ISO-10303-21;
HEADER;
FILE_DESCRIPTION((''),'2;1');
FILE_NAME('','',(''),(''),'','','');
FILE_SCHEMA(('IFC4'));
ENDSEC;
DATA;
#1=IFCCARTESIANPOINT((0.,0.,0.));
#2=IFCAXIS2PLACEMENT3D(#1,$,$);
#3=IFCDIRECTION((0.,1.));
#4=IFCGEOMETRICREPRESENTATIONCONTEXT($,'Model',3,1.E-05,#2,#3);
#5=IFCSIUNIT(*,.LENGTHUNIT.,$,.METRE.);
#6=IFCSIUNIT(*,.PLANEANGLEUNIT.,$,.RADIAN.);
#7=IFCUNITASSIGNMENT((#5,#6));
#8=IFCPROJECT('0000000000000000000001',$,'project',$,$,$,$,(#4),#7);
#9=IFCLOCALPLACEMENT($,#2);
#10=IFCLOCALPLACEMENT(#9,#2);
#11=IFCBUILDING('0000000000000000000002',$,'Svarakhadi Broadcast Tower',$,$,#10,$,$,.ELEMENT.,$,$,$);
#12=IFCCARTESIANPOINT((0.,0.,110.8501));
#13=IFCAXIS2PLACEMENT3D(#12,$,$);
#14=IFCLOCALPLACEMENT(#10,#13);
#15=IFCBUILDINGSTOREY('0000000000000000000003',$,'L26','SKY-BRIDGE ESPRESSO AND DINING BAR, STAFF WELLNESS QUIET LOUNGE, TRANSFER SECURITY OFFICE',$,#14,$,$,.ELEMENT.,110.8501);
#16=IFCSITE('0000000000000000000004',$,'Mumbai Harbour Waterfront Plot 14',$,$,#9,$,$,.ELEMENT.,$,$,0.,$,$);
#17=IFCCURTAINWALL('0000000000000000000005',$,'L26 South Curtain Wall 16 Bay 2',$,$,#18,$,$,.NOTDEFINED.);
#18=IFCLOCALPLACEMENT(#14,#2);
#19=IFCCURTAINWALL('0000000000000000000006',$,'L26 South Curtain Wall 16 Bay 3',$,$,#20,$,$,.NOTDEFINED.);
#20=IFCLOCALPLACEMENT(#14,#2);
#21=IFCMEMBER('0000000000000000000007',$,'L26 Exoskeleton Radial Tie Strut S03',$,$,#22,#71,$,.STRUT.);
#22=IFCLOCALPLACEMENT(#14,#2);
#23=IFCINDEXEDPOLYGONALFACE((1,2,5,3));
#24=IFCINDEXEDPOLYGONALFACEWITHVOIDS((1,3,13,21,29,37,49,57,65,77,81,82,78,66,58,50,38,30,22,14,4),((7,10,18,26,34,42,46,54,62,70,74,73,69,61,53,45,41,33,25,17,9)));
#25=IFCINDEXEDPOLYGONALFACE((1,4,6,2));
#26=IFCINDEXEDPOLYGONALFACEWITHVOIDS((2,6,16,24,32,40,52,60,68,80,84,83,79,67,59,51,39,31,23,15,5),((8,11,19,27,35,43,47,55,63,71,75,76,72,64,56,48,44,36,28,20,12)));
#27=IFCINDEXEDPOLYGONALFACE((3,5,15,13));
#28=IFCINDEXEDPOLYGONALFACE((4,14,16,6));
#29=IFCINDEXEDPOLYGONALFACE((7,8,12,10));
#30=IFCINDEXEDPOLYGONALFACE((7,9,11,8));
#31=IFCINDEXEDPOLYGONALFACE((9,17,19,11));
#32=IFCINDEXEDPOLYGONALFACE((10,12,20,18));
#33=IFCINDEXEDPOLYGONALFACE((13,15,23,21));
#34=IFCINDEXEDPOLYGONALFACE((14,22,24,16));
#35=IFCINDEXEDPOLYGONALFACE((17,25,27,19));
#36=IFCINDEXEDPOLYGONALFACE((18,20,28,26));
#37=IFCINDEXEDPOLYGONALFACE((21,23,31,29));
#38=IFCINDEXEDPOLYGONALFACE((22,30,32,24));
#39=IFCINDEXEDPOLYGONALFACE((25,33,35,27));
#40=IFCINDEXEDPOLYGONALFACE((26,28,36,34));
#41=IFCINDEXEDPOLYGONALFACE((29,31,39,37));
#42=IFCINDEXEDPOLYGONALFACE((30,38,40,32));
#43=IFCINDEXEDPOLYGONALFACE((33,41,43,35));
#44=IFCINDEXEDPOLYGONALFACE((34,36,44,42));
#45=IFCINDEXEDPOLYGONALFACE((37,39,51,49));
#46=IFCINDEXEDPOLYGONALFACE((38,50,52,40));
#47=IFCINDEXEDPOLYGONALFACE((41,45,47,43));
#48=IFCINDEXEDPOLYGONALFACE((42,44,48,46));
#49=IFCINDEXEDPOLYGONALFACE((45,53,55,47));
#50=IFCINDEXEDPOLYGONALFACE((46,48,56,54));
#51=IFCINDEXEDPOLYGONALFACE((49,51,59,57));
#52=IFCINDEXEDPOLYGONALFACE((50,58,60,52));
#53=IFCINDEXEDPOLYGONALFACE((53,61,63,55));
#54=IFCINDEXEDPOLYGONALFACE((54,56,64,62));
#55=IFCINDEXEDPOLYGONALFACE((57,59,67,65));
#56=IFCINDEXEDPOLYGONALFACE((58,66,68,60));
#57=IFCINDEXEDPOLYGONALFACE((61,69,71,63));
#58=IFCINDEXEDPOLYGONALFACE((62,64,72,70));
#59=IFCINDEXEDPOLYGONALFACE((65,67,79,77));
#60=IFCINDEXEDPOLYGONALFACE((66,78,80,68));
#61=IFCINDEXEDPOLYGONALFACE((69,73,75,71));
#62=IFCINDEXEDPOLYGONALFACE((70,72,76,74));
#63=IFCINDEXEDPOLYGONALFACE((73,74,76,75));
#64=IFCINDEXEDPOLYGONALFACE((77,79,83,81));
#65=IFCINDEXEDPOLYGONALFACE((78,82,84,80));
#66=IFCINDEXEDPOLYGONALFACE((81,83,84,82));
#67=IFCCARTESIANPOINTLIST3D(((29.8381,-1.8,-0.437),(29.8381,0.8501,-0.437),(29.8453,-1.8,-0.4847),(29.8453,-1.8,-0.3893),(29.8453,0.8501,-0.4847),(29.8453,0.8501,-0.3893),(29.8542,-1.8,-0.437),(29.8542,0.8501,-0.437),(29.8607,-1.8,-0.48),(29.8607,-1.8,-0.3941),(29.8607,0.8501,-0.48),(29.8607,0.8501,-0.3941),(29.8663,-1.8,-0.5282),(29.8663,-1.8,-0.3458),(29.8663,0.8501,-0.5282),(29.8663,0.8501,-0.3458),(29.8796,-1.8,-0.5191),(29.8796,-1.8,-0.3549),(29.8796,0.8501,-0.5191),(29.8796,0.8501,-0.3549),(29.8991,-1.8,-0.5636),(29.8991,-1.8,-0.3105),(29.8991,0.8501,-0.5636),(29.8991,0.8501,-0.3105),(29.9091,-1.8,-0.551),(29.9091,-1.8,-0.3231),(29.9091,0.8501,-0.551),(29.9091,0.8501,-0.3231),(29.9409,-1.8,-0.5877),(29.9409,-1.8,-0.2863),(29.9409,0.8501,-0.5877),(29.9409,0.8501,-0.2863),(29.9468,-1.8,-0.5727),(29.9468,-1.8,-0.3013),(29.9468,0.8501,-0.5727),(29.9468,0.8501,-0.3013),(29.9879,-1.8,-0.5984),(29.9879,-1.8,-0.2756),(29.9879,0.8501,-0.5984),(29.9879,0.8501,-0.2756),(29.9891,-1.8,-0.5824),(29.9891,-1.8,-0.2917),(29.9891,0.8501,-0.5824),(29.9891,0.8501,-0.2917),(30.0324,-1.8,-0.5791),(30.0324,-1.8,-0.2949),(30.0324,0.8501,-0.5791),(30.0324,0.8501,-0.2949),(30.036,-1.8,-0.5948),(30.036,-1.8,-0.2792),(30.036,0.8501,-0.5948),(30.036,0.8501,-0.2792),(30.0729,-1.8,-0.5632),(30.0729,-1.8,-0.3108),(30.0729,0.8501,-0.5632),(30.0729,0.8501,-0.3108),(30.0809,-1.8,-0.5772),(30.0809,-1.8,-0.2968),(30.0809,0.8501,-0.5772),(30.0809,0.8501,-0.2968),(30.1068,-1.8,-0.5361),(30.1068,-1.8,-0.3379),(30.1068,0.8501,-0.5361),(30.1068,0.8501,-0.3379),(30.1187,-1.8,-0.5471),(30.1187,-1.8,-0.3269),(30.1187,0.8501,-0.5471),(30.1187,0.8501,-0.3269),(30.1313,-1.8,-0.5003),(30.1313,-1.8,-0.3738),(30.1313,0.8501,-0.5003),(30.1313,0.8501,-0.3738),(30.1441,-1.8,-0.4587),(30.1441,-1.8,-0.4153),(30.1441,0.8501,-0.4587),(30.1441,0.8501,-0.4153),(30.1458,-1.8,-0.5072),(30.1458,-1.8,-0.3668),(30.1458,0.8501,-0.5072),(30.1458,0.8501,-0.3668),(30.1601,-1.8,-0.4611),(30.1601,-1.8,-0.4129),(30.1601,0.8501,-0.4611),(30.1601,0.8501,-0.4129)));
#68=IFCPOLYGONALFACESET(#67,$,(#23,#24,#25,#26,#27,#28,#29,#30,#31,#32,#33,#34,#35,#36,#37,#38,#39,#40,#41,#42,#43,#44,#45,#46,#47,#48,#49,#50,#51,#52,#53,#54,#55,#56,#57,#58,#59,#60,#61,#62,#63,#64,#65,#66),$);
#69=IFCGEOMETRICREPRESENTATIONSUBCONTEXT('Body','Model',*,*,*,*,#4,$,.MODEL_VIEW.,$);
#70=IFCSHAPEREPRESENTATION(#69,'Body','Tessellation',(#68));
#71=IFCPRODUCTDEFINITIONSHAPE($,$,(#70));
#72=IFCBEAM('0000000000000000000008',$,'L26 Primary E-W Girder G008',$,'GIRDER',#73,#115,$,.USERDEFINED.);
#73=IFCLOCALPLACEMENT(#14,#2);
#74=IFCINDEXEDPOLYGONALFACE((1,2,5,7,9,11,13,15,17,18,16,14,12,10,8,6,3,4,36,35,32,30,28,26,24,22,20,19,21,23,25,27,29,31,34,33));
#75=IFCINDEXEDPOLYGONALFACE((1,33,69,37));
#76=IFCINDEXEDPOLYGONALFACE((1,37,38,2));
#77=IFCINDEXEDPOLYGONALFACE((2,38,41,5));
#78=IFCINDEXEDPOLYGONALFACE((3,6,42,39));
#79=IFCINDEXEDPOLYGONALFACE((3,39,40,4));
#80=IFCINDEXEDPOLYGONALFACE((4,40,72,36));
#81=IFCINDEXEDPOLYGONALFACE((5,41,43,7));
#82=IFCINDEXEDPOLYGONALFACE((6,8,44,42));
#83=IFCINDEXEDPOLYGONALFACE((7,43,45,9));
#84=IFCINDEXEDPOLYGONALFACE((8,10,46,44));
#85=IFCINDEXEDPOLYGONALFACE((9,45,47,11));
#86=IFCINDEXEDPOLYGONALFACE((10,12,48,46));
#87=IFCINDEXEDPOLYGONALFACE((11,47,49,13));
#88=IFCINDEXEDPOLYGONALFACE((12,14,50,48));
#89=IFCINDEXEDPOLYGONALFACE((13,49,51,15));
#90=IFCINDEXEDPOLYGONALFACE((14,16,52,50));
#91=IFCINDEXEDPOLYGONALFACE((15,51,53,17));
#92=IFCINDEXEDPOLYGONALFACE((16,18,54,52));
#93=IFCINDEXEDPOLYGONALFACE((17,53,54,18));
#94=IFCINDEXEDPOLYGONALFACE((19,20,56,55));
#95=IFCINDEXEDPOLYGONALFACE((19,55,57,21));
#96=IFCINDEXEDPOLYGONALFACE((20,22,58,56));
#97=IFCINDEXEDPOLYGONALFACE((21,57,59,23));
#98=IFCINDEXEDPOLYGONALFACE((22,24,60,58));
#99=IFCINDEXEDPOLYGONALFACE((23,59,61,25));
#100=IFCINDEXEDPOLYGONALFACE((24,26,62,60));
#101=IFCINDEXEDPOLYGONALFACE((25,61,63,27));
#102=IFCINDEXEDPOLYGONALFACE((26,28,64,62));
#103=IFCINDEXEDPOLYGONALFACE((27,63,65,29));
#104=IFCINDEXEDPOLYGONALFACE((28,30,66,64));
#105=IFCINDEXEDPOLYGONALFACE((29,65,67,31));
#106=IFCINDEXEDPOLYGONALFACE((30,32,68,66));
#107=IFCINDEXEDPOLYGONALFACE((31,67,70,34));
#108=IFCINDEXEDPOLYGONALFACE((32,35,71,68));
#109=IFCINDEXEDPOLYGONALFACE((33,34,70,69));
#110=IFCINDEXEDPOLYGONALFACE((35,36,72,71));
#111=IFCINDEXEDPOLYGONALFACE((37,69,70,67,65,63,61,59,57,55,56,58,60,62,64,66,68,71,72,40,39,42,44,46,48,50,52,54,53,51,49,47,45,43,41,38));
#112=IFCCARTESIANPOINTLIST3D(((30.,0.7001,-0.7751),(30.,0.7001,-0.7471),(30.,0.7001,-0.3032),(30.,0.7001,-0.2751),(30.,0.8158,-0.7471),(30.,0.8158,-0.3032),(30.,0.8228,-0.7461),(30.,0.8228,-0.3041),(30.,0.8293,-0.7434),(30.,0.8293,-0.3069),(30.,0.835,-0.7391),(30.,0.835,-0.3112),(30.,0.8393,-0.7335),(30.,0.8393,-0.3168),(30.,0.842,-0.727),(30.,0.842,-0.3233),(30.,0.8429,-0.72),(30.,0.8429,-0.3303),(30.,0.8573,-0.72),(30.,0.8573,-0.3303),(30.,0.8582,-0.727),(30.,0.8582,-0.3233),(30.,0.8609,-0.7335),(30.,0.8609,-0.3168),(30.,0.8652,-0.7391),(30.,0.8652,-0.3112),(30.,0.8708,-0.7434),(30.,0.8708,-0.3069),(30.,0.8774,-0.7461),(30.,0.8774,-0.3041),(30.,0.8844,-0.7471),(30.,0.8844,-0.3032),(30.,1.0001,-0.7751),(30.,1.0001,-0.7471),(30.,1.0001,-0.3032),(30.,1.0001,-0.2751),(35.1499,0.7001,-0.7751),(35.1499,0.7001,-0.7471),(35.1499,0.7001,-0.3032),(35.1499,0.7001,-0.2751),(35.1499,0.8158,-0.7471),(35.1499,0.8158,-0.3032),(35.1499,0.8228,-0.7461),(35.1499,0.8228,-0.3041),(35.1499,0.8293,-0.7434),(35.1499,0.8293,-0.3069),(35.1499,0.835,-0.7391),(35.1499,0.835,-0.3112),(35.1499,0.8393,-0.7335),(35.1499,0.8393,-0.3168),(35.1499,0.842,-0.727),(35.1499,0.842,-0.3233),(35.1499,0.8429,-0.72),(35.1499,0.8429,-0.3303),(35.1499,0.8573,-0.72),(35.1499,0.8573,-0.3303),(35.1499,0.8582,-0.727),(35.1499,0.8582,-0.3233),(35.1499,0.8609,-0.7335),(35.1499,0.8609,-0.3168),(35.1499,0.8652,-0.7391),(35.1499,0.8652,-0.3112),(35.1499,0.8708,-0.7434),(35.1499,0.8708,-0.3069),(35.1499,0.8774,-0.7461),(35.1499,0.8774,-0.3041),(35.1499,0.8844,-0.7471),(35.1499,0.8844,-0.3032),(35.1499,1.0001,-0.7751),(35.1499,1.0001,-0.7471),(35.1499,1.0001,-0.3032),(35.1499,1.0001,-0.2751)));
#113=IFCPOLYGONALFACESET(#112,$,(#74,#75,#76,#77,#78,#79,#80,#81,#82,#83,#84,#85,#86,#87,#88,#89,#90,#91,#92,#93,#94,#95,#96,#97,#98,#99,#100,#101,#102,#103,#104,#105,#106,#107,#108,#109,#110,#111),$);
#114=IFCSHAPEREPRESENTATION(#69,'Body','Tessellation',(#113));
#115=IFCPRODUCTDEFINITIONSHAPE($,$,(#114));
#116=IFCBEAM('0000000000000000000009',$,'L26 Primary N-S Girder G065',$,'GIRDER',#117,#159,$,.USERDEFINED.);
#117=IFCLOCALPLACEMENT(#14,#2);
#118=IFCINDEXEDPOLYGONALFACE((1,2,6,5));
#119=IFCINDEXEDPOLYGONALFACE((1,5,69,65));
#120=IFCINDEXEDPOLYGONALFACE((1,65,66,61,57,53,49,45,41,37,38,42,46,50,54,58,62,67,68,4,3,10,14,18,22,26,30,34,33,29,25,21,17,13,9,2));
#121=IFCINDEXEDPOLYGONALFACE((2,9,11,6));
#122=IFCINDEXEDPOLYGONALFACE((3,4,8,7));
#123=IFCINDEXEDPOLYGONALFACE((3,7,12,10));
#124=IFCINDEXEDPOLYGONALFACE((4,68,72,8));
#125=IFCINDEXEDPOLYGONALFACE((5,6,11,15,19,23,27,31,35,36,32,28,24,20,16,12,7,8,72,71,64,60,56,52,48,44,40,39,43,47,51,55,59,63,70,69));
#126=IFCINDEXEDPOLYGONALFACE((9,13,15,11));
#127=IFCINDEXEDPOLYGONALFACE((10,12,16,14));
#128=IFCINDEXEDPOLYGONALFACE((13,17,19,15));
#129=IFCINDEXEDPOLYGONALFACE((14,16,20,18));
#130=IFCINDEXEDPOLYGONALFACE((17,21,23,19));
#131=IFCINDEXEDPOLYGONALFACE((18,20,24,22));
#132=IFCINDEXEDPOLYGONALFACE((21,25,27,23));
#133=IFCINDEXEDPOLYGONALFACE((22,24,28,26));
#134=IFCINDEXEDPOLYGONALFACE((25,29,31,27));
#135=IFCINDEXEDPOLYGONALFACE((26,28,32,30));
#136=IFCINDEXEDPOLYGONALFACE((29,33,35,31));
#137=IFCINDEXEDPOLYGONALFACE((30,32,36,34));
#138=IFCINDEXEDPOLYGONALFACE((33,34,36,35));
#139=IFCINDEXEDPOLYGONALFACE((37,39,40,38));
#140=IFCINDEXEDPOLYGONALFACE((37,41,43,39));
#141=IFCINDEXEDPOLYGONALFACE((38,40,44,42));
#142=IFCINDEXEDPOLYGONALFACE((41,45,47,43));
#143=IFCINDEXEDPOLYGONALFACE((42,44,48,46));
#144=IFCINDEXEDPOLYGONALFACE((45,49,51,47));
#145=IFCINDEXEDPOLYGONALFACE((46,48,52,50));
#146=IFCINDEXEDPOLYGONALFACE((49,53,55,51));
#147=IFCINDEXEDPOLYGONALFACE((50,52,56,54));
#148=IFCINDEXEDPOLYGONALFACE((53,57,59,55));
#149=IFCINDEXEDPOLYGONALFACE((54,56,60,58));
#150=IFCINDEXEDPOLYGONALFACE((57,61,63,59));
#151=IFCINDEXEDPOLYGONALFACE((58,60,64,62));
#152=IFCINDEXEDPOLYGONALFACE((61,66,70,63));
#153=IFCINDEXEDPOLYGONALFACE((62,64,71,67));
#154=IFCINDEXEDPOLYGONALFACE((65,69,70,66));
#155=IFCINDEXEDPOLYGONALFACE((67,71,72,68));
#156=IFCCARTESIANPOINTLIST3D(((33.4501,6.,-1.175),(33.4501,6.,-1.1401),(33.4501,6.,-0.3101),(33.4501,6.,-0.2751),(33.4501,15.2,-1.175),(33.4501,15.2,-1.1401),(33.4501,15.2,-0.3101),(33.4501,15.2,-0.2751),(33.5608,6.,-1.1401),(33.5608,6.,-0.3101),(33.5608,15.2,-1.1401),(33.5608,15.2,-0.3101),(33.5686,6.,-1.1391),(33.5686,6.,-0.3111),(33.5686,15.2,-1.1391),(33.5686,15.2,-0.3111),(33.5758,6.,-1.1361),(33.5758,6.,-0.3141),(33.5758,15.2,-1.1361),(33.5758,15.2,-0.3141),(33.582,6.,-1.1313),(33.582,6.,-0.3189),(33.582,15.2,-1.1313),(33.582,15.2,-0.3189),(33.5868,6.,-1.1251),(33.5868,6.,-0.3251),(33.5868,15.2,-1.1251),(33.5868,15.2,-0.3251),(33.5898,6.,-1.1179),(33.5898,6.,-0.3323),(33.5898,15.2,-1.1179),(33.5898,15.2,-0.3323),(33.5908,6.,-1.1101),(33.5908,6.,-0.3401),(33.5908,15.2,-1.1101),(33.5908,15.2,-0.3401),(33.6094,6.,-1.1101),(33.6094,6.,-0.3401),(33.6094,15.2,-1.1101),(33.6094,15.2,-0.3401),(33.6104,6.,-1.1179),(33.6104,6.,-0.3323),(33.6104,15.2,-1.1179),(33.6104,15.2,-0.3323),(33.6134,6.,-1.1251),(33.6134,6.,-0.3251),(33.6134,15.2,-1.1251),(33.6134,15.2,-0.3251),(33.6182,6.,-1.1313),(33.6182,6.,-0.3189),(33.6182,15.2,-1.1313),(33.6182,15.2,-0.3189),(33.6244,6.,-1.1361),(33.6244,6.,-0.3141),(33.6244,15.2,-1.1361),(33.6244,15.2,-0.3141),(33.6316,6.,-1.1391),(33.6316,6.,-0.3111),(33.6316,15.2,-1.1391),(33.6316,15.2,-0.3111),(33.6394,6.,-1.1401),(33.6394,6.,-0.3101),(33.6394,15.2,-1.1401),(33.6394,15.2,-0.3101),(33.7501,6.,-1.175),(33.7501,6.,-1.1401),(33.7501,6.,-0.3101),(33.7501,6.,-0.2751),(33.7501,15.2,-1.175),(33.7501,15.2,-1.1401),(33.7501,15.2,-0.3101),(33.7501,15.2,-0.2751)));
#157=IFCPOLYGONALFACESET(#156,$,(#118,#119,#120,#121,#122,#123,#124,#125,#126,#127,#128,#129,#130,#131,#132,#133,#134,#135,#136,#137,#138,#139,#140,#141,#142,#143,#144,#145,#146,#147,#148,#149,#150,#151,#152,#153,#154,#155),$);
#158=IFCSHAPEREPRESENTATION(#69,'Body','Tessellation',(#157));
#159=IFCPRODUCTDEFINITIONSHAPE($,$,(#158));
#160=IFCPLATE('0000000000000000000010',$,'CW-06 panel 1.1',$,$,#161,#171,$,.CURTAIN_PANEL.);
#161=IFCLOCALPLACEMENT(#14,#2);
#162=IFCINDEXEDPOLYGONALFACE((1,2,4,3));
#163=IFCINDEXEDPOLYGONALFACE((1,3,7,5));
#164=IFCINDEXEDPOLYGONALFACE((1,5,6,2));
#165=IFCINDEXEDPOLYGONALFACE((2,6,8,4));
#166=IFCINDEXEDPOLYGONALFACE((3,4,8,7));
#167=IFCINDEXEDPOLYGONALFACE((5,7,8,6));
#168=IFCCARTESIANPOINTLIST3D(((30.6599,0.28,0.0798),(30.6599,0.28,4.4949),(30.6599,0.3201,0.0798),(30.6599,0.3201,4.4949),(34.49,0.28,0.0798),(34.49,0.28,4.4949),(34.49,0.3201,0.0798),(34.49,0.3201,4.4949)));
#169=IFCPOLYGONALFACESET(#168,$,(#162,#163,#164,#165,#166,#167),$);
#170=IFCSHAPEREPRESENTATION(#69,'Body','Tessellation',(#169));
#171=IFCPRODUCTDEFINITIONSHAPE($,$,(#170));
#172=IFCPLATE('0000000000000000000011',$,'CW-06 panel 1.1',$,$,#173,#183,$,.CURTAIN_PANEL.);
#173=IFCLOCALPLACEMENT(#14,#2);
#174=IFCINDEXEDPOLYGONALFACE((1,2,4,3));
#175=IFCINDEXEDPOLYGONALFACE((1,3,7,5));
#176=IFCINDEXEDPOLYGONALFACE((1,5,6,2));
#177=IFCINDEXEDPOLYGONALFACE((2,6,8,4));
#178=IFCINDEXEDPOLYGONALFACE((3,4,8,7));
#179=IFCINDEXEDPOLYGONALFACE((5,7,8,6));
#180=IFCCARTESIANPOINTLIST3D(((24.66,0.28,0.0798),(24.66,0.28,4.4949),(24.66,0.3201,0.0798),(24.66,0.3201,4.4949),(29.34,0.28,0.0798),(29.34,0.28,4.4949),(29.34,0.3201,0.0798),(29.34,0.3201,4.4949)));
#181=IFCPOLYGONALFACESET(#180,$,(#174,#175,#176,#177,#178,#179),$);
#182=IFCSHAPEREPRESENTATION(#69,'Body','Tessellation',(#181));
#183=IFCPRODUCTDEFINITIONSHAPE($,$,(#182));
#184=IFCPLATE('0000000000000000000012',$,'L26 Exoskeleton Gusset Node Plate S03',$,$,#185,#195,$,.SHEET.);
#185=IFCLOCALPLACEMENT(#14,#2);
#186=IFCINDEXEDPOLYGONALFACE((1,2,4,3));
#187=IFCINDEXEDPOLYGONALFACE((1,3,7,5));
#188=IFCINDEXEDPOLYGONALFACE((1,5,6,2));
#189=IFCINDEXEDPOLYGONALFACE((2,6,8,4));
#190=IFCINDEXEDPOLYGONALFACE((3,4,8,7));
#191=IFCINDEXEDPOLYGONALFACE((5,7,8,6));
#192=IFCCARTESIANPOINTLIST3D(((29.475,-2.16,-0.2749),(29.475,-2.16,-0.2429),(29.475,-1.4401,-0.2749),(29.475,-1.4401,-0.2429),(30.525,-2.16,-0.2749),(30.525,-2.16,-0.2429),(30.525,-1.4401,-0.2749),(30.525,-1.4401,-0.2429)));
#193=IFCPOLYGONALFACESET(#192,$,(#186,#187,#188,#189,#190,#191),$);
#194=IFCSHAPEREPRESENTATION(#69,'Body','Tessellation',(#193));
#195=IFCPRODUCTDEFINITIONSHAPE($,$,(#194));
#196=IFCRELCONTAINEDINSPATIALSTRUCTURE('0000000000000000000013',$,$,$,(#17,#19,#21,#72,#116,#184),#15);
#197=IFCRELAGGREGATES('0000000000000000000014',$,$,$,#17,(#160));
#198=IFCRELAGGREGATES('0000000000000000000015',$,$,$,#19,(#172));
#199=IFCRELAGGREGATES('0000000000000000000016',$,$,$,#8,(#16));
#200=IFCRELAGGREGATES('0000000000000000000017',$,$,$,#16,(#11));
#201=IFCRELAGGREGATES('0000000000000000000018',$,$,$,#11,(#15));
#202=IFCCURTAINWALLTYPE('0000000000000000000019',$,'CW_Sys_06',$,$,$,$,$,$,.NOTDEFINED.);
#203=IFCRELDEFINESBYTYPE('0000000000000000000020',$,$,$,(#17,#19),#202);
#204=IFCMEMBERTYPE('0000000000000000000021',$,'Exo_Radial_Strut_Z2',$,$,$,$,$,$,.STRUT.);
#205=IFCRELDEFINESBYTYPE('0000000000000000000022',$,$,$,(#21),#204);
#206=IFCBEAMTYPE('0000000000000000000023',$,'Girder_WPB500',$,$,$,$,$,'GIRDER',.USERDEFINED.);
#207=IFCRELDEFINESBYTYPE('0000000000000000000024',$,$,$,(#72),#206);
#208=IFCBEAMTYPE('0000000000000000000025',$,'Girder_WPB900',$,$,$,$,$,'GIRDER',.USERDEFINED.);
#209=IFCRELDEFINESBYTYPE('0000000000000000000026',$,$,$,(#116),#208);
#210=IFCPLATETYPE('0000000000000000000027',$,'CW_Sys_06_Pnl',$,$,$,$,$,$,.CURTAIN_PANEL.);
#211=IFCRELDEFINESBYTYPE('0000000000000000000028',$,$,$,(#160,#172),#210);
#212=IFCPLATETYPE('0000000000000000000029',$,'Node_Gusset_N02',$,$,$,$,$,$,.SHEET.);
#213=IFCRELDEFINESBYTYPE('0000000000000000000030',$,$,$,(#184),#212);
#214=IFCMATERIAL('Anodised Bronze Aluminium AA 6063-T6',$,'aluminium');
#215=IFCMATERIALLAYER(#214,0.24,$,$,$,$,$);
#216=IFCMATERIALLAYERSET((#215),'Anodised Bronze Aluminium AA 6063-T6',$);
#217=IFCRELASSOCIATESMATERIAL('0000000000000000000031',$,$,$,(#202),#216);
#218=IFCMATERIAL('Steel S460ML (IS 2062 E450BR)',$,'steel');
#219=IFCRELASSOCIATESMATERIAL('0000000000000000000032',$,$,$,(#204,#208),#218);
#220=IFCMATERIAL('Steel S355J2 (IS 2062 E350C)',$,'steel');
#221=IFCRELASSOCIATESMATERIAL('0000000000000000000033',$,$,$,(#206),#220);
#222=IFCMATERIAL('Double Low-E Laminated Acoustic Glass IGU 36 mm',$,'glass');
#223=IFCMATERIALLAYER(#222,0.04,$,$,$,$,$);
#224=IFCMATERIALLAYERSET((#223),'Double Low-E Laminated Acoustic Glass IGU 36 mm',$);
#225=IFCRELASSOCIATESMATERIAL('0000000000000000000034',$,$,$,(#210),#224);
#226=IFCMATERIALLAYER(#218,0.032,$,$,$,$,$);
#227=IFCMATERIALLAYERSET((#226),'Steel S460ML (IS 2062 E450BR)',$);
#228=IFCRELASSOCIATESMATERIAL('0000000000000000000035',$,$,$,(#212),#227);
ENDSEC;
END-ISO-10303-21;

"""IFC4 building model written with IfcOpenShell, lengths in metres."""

from ifc_helpers import new_model, si_unit, direction, frame, origin, origin_2d, place, context, subcontext, project, spatial, rectangle, hollow_circle, i_section, extrude, material, layer, layer_set, material_profile, profile_set, type_object, element, aggregate, save


model = new_model("IFC4")

# Units and contexts
model_context = context("Model", 3, precision=1e-05, world=origin(), true_north=direction((0.0, 1.0)))
body_context = subcontext(model_context, "Body", "Model", "MODEL_VIEW")
ifc_project = project(units=[si_unit("LENGTHUNIT", "METRE"), si_unit("PLANEANGLEUNIT", "RADIAN")], contexts=[model_context])

# Site, building, storey
site_placement = place(None, origin())
site = spatial("IfcSite", under=ifc_project, at=site_placement, Name="Mumbai Harbour Waterfront Plot 14", CompositionType="ELEMENT", RefElevation=0.0)
building_placement = place(site_placement, origin())
building = spatial("IfcBuilding", under=site, at=building_placement, Name="Svarakhadi Broadcast Tower", CompositionType="ELEMENT")
storey_placement = place(building_placement, frame((0.0, 0.0, 110.8501)))
storey = spatial("IfcBuildingStorey", under=building, at=storey_placement, Name="L26", Description="SKY-BRIDGE ESPRESSO AND DINING BAR, STAFF WELLNESS QUIET LOUNGE, TRANSFER SECURITY OFFICE", CompositionType="ELEMENT", Elevation=110.8501)

# Curtain wall
ifc_material_1 = material(Name="Anodised Bronze Aluminium AA 6063-T6", Category="aluminium")
ifc_layer_1 = layer(ifc_material_1, 0.24)
ifc_layer_set_1 = layer_set([ifc_layer_1], Name="Anodised Bronze Aluminium AA 6063-T6")
curtain_wall_type = type_object("IfcCurtainWallType", Name="CW_Sys_06", PredefinedType="NOTDEFINED", material=ifc_layer_set_1)
curtain_wall_1_placement = place(storey_placement, origin())
curtain_wall_1 = element("IfcCurtainWall", 1, at=curtain_wall_1_placement, inside=storey, type_object=curtain_wall_type, Name="L26 South Curtain Wall 16 Bay 2", PredefinedType="NOTDEFINED")

# Curtain wall
curtain_wall_2_placement = place(storey_placement, origin())
curtain_wall_2 = element("IfcCurtainWall", 2, at=curtain_wall_2_placement, inside=storey, type_object=curtain_wall_type, Name="L26 South Curtain Wall 16 Bay 3", PredefinedType="NOTDEFINED")

# Member
ifc_material_2 = material(Name="Steel S460ML (IS 2062 E450BR)", Category="steel")
ifc_material_profile_1 = material_profile(ifc_material_2, hollow_circle(Radius=0.1619, WallThickness=0.0161, at=origin_2d()), Name="CHS 323.9x16")
ifc_profile_set_1 = profile_set([ifc_material_profile_1], Name="Steel S460ML (IS 2062 E450BR)")
member_type_1 = type_object("IfcMemberType", Name="Exo_Radial_Strut_Z2", PredefinedType="STRUT", material=ifc_profile_set_1)
member_1_placement = place(storey_placement, frame((30.0, -1.8, -0.437), z_axis=(0.0, 1.0, 0.0), x_axis=(-1.0, 0.0, 0.0)))
element("IfcMember", 3, at=member_1_placement, inside=storey, type_object=member_type_1, Name="L26 Exoskeleton Radial Tie Strut S03", PredefinedType="STRUT", context=body_context, shape_type="SweptSolid", body=[
    extrude(hollow_circle(Radius=0.1619, WallThickness=0.0161, at=origin_2d()), origin(), (0.0, 0.0, 1.0), 2.6501),
])

# Beams
ifc_material_3 = material(Name="Steel S355J2 (IS 2062 E350C)", Category="steel")
ifc_material_profile_2 = material_profile(ifc_material_3, i_section(OverallWidth=0.3, OverallDepth=0.5, WebThickness=0.0144, FlangeThickness=0.0281, FilletRadius=0.0271, at=origin_2d()), Name="WPB 500x300x187")
ifc_profile_set_2 = profile_set([ifc_material_profile_2], Name="Steel S355J2 (IS 2062 E350C)")
beam_type_1 = type_object("IfcBeamType", Name="Girder_WPB500", ElementType="GIRDER", PredefinedType="USERDEFINED", material=ifc_profile_set_2)
beam_1_placement = place(storey_placement, frame((30.0, 0.8501, -0.5251), z_axis=(1.0, 0.0, 0.0), x_axis=(0.0, 1.0, 0.0)))
element("IfcBeam", 4, at=beam_1_placement, inside=storey, type_object=beam_type_1, Name="L26 Primary E-W Girder G008", ObjectType="GIRDER", PredefinedType="USERDEFINED", context=body_context, shape_type="SweptSolid", body=[
    extrude(i_section(OverallWidth=0.3, OverallDepth=0.5, WebThickness=0.0144, FlangeThickness=0.0281, FilletRadius=0.0271, at=origin_2d()), origin(), (0.0, 0.0, 1.0), 5.1499),
])
ifc_material_profile_3 = material_profile(ifc_material_2, i_section(OverallWidth=0.3, OverallDepth=0.8999, WebThickness=0.0186, FlangeThickness=0.0349, FilletRadius=0.03, at=origin_2d()), Name="WPB 900x300x291")
ifc_profile_set_3 = profile_set([ifc_material_profile_3], Name="Steel S460ML (IS 2062 E450BR)")
beam_type_2 = type_object("IfcBeamType", Name="Girder_WPB900", ElementType="GIRDER", PredefinedType="USERDEFINED", material=ifc_profile_set_3)
beam_2_placement = place(storey_placement, frame((33.6001, 6.0, -0.7251), z_axis=(0.0, 1.0, 0.0), x_axis=(-1.0, 0.0, 0.0)))
element("IfcBeam", 5, at=beam_2_placement, inside=storey, type_object=beam_type_2, Name="L26 Primary N-S Girder G065", ObjectType="GIRDER", PredefinedType="USERDEFINED", context=body_context, shape_type="SweptSolid", body=[
    extrude(i_section(OverallWidth=0.3, OverallDepth=0.8999, WebThickness=0.0186, FlangeThickness=0.0349, FilletRadius=0.03, at=origin_2d()), origin(), (0.0, 0.0, 1.0), 9.2),
])

# Plates
ifc_material_4 = material(Name="Double Low-E Laminated Acoustic Glass IGU 36 mm", Category="glass")
ifc_layer_2 = layer(ifc_material_4, 0.04)
ifc_layer_set_2 = layer_set([ifc_layer_2], Name="Double Low-E Laminated Acoustic Glass IGU 36 mm")
plate_type_1 = type_object("IfcPlateType", Name="CW_Sys_06_Pnl", PredefinedType="CURTAIN_PANEL", material=ifc_layer_set_2)
plate_1_placement = place(storey_placement, frame((32.575, 0.3, 0.0798), z_axis=(0.0, 0.0, 1.0), x_axis=(-1.0, 0.0, 0.0)))
plate_1 = element("IfcPlate", 6, at=plate_1_placement, type_object=plate_type_1, Name="CW-06 panel 1.1", PredefinedType="CURTAIN_PANEL", context=body_context, shape_type="SweptSolid", body=[
    extrude(rectangle(XDim=3.8301, YDim=0.04, at=origin_2d()), origin(), (0.0, 0.0, 1.0), 4.415),
])
aggregate(curtain_wall_1, [plate_1])
plate_2_placement = place(storey_placement, frame((27.0, 0.3, 0.0798), z_axis=(0.0, 0.0, 1.0), x_axis=(-1.0, 0.0, 0.0)))
plate_2 = element("IfcPlate", 7, at=plate_2_placement, type_object=plate_type_1, Name="CW-06 panel 1.1", PredefinedType="CURTAIN_PANEL", context=body_context, shape_type="SweptSolid", body=[
    extrude(rectangle(XDim=4.6799, YDim=0.04, at=origin_2d()), origin(), (0.0, 0.0, 1.0), 4.415),
])
aggregate(curtain_wall_2, [plate_2])

# Plate
ifc_layer_3 = layer(ifc_material_2, 0.032)
ifc_layer_set_3 = layer_set([ifc_layer_3], Name="Steel S460ML (IS 2062 E450BR)")
plate_type_2 = type_object("IfcPlateType", Name="Node_Gusset_N02", PredefinedType="SHEET", material=ifc_layer_set_3)
plate_3_placement = place(storey_placement, frame((30.0, -1.8, -0.2749), z_axis=(0.0, 0.0, 1.0), x_axis=(1.0, 0.0, 0.0)))
element("IfcPlate", 8, at=plate_3_placement, inside=storey, type_object=plate_type_2, Name="L26 Exoskeleton Gusset Node Plate S03", PredefinedType="SHEET", context=body_context, shape_type="SweptSolid", body=[
    extrude(rectangle(XDim=1.05, YDim=0.72, at=origin_2d()), origin(), (0.0, 0.0, 1.0), 0.032),
])

save(model, "model.ifc")
